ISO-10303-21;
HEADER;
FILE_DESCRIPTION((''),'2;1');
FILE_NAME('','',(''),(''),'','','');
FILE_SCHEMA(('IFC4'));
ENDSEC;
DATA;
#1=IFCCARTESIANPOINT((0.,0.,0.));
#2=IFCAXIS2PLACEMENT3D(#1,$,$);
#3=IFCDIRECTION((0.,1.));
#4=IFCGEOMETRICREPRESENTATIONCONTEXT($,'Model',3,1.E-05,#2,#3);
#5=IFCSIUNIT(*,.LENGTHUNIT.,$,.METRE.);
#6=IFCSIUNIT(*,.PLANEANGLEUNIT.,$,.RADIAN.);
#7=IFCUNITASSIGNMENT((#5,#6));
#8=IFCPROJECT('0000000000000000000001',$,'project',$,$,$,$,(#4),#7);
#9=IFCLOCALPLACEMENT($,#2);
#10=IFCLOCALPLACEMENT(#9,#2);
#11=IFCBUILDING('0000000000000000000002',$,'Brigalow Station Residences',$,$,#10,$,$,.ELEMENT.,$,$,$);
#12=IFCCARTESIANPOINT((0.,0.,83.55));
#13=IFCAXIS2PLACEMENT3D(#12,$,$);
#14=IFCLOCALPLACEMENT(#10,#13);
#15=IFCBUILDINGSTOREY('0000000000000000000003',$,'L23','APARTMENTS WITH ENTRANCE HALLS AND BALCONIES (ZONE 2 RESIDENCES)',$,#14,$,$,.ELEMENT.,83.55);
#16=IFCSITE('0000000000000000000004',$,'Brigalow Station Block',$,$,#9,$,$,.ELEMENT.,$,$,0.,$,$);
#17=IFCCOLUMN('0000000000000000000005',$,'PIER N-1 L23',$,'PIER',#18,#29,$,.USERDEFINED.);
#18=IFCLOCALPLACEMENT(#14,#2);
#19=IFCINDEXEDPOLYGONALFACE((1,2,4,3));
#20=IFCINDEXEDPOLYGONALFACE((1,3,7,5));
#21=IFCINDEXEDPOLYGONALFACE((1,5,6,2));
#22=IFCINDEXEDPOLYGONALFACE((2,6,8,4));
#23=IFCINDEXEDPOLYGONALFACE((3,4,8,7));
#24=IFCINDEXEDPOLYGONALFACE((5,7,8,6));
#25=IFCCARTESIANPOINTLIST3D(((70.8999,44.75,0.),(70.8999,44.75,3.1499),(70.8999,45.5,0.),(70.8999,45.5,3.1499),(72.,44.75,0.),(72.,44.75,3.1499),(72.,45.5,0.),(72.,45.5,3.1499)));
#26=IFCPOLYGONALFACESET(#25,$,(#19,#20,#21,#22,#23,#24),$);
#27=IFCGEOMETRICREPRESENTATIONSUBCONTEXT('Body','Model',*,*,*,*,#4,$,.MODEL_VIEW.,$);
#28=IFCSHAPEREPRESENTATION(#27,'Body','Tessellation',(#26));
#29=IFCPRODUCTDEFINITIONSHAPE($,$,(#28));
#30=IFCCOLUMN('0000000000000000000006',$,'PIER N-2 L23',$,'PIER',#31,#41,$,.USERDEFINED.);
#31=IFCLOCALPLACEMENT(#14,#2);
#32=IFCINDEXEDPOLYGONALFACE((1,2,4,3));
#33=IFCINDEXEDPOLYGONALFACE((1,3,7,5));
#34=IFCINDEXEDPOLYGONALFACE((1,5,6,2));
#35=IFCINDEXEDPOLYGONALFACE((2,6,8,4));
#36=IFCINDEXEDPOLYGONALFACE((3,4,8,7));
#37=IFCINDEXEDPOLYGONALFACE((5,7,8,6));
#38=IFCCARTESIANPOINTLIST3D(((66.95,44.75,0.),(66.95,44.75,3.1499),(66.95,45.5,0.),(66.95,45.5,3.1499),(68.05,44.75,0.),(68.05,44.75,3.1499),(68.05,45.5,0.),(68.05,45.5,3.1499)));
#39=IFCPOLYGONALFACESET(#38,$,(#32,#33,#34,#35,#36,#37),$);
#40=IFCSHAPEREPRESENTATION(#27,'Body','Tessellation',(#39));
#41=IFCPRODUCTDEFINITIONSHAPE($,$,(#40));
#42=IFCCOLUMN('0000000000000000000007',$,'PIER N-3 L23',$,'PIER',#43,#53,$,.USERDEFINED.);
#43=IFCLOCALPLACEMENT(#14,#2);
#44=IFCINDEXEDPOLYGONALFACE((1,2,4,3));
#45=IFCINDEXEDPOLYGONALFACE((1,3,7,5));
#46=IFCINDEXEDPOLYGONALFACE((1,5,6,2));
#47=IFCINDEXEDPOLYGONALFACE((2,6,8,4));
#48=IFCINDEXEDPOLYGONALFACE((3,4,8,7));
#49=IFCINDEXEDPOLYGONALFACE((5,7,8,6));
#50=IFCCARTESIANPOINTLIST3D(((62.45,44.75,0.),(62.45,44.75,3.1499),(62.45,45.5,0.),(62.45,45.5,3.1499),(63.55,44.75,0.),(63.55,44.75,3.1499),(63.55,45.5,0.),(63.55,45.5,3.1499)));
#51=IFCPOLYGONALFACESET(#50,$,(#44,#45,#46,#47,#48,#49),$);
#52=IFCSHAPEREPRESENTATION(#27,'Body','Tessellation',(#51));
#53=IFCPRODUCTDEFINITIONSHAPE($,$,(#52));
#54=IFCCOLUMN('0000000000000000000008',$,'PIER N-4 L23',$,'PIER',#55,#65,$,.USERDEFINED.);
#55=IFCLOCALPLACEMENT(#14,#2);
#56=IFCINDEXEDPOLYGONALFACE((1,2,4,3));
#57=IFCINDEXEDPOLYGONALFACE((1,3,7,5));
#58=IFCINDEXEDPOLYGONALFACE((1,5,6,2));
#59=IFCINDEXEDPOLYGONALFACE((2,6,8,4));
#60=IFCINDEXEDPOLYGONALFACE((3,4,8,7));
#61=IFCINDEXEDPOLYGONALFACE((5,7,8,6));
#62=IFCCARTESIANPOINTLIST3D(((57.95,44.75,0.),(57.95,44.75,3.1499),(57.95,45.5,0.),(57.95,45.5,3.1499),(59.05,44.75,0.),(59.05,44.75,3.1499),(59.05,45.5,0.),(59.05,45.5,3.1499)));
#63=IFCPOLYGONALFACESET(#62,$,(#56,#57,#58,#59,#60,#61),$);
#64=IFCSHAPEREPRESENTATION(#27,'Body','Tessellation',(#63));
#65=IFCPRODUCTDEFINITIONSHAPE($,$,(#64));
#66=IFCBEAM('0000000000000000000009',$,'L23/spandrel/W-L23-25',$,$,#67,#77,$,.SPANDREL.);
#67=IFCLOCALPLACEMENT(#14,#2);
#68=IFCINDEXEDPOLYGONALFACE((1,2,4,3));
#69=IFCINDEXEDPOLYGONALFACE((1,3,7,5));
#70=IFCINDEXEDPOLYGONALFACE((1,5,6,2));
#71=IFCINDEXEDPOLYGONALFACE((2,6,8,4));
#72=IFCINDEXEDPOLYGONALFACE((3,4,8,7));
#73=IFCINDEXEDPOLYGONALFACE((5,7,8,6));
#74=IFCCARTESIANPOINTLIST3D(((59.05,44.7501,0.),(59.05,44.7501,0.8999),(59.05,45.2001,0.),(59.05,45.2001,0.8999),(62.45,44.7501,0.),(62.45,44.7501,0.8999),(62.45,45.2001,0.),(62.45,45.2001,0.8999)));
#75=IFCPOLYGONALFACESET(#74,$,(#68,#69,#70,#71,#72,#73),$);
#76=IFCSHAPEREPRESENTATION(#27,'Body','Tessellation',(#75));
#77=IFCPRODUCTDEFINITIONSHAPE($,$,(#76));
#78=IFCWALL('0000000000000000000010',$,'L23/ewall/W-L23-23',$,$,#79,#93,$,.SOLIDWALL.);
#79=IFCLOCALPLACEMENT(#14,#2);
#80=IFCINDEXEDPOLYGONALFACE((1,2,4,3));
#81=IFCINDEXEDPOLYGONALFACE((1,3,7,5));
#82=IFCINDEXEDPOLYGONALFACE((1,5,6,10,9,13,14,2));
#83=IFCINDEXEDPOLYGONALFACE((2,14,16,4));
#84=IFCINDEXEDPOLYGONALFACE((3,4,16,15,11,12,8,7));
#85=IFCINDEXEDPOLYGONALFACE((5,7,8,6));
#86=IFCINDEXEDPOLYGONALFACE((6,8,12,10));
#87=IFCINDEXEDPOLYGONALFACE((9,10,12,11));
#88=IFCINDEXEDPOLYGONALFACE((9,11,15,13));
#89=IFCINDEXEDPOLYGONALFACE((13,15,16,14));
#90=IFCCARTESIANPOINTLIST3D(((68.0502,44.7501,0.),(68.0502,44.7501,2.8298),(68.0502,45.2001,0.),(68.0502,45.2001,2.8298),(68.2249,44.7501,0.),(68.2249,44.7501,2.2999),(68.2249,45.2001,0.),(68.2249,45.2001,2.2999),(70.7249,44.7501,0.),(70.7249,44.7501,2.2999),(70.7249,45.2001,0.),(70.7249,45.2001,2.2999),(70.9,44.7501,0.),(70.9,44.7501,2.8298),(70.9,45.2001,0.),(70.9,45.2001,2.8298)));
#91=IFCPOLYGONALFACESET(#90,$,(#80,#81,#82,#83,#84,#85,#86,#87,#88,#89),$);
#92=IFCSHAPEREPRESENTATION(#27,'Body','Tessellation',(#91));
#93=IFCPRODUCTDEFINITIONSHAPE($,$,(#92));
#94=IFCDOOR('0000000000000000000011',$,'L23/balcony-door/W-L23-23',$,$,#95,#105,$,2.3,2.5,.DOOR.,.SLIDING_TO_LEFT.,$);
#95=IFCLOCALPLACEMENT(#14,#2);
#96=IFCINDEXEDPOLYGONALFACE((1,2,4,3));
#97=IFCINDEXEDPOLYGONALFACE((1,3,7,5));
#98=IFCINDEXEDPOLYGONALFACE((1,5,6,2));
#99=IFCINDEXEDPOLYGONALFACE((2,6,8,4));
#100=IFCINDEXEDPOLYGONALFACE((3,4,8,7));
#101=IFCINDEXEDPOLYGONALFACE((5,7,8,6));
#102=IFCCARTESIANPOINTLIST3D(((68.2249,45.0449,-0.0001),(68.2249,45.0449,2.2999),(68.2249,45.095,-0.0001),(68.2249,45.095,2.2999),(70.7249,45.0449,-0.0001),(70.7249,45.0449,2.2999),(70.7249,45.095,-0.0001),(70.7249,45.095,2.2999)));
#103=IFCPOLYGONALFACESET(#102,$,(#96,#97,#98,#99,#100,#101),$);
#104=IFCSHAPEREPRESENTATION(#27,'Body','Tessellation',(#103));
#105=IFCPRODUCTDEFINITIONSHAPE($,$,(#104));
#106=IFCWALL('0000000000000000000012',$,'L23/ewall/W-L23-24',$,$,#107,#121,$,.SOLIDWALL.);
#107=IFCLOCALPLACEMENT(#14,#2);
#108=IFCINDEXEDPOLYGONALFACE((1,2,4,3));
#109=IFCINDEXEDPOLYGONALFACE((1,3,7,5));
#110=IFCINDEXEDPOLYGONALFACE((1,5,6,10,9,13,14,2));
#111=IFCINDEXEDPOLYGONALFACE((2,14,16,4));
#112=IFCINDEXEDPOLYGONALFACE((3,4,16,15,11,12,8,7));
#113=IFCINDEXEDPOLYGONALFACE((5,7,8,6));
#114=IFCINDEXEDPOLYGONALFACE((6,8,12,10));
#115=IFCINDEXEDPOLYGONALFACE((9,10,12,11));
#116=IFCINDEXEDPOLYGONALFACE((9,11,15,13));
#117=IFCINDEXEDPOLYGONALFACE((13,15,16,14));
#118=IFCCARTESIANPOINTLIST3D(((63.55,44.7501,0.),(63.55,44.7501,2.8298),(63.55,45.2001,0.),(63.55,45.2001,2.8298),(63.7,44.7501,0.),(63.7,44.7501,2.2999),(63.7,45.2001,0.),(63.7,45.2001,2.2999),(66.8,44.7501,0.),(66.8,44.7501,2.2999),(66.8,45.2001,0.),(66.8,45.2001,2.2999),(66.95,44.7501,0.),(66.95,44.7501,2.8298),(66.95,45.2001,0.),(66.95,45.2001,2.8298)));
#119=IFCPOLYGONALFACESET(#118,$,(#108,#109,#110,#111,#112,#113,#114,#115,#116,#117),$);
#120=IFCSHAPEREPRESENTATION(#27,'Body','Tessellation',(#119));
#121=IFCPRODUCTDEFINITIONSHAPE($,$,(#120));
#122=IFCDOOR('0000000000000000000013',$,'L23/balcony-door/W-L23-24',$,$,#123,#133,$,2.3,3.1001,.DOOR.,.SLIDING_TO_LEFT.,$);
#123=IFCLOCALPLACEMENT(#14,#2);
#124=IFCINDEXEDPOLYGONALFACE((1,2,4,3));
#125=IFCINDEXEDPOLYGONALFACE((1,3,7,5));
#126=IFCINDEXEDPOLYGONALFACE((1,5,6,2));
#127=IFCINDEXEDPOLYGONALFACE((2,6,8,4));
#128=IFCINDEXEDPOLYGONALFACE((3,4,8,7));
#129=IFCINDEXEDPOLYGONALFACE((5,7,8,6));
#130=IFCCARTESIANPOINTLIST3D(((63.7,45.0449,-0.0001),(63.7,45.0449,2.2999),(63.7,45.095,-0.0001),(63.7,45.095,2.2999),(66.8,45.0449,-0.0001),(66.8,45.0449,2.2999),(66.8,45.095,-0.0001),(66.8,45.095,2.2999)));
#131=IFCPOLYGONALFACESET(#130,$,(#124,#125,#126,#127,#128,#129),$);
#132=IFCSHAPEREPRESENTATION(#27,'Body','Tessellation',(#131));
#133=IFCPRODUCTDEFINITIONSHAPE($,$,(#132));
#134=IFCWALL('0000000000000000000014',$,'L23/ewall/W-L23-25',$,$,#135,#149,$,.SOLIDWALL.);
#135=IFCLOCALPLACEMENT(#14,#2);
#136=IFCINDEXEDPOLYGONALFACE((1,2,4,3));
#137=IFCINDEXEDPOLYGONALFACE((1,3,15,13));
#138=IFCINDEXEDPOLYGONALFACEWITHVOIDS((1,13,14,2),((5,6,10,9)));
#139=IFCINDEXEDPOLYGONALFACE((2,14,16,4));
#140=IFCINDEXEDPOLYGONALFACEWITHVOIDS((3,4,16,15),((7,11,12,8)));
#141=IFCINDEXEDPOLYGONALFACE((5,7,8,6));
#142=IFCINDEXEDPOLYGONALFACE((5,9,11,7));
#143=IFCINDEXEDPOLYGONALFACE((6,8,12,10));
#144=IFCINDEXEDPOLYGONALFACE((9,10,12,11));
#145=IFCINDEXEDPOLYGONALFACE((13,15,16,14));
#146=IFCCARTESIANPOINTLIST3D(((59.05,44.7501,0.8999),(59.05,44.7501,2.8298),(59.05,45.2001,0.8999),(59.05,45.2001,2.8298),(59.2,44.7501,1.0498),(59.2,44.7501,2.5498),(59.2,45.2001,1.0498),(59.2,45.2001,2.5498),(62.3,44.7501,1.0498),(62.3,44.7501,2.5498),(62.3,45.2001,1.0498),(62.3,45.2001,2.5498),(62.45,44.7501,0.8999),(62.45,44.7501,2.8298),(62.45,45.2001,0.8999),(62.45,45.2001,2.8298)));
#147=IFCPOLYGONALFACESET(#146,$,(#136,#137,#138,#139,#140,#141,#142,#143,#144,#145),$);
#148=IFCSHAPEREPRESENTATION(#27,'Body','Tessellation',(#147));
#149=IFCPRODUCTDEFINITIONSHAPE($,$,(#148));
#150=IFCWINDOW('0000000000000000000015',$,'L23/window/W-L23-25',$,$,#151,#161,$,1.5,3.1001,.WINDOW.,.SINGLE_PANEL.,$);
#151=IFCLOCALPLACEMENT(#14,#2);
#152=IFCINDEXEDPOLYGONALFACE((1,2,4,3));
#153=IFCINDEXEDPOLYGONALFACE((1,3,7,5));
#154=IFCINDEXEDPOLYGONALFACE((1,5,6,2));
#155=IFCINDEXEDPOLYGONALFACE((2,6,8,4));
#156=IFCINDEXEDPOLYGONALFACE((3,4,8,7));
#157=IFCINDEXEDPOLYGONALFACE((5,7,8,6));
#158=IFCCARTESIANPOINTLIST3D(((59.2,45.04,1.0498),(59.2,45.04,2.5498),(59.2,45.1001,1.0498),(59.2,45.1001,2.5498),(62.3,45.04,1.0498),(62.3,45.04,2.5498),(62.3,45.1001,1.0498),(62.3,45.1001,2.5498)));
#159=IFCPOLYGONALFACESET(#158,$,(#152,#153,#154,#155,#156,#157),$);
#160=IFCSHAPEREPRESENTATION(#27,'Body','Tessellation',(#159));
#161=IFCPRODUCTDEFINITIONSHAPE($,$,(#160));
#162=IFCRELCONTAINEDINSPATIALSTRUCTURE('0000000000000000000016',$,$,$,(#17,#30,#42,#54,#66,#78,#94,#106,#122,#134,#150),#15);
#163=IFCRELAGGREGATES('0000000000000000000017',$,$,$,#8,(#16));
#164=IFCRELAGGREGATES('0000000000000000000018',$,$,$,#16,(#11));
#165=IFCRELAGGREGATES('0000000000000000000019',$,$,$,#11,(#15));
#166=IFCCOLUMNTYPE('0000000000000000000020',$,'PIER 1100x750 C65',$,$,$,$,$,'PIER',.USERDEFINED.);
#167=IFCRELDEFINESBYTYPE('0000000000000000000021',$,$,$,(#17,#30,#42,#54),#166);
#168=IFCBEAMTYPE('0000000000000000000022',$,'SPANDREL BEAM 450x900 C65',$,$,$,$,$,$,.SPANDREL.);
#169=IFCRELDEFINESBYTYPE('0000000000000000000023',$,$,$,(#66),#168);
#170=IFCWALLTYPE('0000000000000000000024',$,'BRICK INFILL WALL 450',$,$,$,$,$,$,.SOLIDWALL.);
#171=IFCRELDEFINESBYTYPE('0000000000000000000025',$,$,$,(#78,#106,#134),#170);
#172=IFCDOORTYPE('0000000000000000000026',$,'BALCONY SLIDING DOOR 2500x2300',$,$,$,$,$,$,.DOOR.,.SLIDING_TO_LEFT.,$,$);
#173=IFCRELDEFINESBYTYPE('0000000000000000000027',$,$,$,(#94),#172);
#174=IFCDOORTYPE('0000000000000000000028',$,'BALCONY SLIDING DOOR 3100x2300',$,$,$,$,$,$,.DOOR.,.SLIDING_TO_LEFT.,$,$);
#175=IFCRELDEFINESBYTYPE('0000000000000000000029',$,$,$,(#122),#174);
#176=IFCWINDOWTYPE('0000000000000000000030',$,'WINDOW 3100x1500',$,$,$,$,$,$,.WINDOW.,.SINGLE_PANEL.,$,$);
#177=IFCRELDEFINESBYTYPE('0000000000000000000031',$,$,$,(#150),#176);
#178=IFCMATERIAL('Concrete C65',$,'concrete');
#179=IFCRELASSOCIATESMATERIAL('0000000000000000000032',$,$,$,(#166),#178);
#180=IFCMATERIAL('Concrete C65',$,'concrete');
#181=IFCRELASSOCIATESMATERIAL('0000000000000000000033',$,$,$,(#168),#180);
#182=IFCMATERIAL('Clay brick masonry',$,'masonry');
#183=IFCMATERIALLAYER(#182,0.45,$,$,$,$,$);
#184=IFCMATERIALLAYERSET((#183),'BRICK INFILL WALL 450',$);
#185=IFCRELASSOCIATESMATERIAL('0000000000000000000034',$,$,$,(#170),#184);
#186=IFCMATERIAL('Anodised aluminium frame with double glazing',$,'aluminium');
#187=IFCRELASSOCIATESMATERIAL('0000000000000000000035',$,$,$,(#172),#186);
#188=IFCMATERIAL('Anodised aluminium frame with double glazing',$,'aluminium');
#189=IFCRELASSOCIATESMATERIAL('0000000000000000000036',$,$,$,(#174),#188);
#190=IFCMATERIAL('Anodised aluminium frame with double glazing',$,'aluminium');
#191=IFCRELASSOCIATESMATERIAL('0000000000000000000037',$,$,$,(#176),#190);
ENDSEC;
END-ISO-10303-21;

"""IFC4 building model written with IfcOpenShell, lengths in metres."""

from ifc_helpers import new_model, si_unit, direction, frame, frame_2d, origin, origin_2d, place, context, subcontext, project, spatial, rectangle, extrude, material, layer, layer_set, material_profile, profile_set, type_object, element, fill, save


model = new_model("IFC4")

# Units and contexts
model_context = context("Model", 3, precision=1e-05, world=origin(), true_north=direction((0.0, 1.0)))
body_context = subcontext(model_context, "Body", "Model", "MODEL_VIEW")
ifc_project = project(units=[si_unit("LENGTHUNIT", "METRE"), si_unit("PLANEANGLEUNIT", "RADIAN")], contexts=[model_context])

# Site, building, storey
site_placement = place(None, origin())
site = spatial("IfcSite", under=ifc_project, at=site_placement, Name="Brigalow Station Block", CompositionType="ELEMENT", RefElevation=0.0)
building_placement = place(site_placement, origin())
building = spatial("IfcBuilding", under=site, at=building_placement, Name="Brigalow Station Residences", CompositionType="ELEMENT")
storey_placement = place(building_placement, frame((0.0, 0.0, 83.55)))
storey = spatial("IfcBuildingStorey", under=building, at=storey_placement, Name="L23", Description="APARTMENTS WITH ENTRANCE HALLS AND BALCONIES (ZONE 2 RESIDENCES)", CompositionType="ELEMENT", Elevation=83.55)

# Columns
ifc_material_1 = material(Name="Concrete C65", Category="concrete")
ifc_material_profile_1 = material_profile(ifc_material_1, rectangle(XDim=1.1001, YDim=0.75, at=origin_2d()), Name="RC1100x750")
ifc_profile_set_1 = profile_set([ifc_material_profile_1], Name="Concrete C65")
column_type = type_object("IfcColumnType", Name="PIER 1100x750 C65", ElementType="PIER", PredefinedType="USERDEFINED", material=ifc_profile_set_1)
for number, where, z_axis, x_axis, name in (
    (1, (71.45, 45.125, 0.0), (0.0, 0.0, 1.0), (-1.0, 0.0, 0.0), "PIER N-1 L23"),
    (2, (67.5, 45.125, 0.0), (0.0, 0.0, 1.0), (-1.0, 0.0, 0.0), "PIER N-2 L23"),
    (3, (63.0, 45.125, 0.0), (0.0, 0.0, 1.0), (-1.0, 0.0, 0.0), "PIER N-3 L23"),
    (4, (58.5, 45.125, 0.0), (0.0, 0.0, 1.0), (-1.0, 0.0, 0.0), "PIER N-4 L23"),
):
    element("IfcColumn", number, at=place(storey_placement, frame(where, z_axis=z_axis, x_axis=x_axis)), inside=storey, type_object=column_type, Name=name, ObjectType="PIER", PredefinedType="USERDEFINED", context=body_context, shape_type="SweptSolid", body=[
        extrude(rectangle(XDim=1.1001, YDim=0.75, at=origin_2d()), origin(), (0.0, 0.0, 1.0), 3.1499),
    ])

# Beam
ifc_material_2 = material(Name="Concrete C65", Category="concrete")
ifc_material_profile_2 = material_profile(ifc_material_2, rectangle(XDim=0.45, YDim=0.8999, at=origin_2d()), Name="RC450x900")
ifc_profile_set_2 = profile_set([ifc_material_profile_2], Name="Concrete C65")
beam_type = type_object("IfcBeamType", Name="SPANDREL BEAM 450x900 C65", PredefinedType="SPANDREL", material=ifc_profile_set_2)
beam_placement = place(storey_placement, frame((62.45, 44.9751, 0.45), z_axis=(-1.0, 0.0, 0.0), x_axis=(0.0, -1.0, 0.0)))
element("IfcBeam", 5, at=beam_placement, inside=storey, type_object=beam_type, Name="L23/spandrel/W-L23-25", PredefinedType="SPANDREL", context=body_context, shape_type="SweptSolid", body=[
    extrude(rectangle(XDim=0.45, YDim=0.8999, at=origin_2d()), origin(), (0.0, 0.0, 1.0), 3.3999),
])

# Walls, openings, doors
ifc_material_3 = material(Name="Clay brick masonry", Category="masonry")
ifc_layer_1 = layer(ifc_material_3, 0.45)
ifc_layer_set_1 = layer_set([ifc_layer_1], Name="BRICK INFILL WALL 450")
wall_type_1 = type_object("IfcWallType", Name="BRICK INFILL WALL 450", PredefinedType="SOLIDWALL", material=ifc_layer_set_1)
wall_1_placement = place(storey_placement, frame((70.8999, 44.9751, 0.0), z_axis=(0.0, 0.0, 1.0), x_axis=(-1.0, 0.0, 0.0)))
wall_1 = element("IfcWall", 6, at=wall_1_placement, inside=storey, type_object=wall_type_1, Name="L23/ewall/W-L23-23", PredefinedType="SOLIDWALL", context=body_context, shape_type="SweptSolid", body=[
    extrude(rectangle(XDim=2.8499, YDim=0.45, at=frame_2d((1.4248, 0.0))), origin(), (0.0, 0.0, 1.0), 2.8298),
])
opening_1_placement = place(wall_1_placement, frame((0.175, 0.0, 0.0)))
opening_1 = element("IfcOpeningElement", 7, at=opening_1_placement, cuts=wall_1, PredefinedType="OPENING", context=body_context, shape_type="SweptSolid", body=[
    extrude(rectangle(XDim=2.5, YDim=2.3, at=frame_2d((1.25, 1.1499))), frame((0.0, 0.2349, 0.0), z_axis=(0.0, -1.0, 0.0), x_axis=(1.0, 0.0, 0.0)), (0.0, 0.0, 1.0), 0.47),
])
ifc_material_4 = material(Name="Anodised aluminium frame with double glazing", Category="aluminium")
door_type_1 = type_object("IfcDoorType", Name="BALCONY SLIDING DOOR 2500x2300", OperationType="SLIDING_TO_LEFT", PredefinedType="DOOR", material=ifc_material_4)
door_1_placement = place(opening_1_placement, origin())
door_1 = element("IfcDoor", 8, at=door_1_placement, inside=storey, type_object=door_type_1, Name="L23/balcony-door/W-L23-23", OperationType="SLIDING_TO_LEFT", OverallHeight=2.3, OverallWidth=2.5, PredefinedType="DOOR", context=body_context, shape_type="SweptSolid", body=[
    extrude(rectangle(XDim=2.5, YDim=2.3, at=frame_2d((1.25, 1.1499))), frame((0.0, -0.0698, 0.0), z_axis=(0.0, -1.0, 0.0), x_axis=(1.0, 0.0, 0.0)), (0.0, 0.0, 1.0), 0.05),
])
fill(opening_1, door_1)
wall_2_placement = place(storey_placement, frame((66.95, 44.9751, 0.0), z_axis=(0.0, 0.0, 1.0), x_axis=(-1.0, 0.0, 0.0)))
wall_2 = element("IfcWall", 9, at=wall_2_placement, inside=storey, type_object=wall_type_1, Name="L23/ewall/W-L23-24", PredefinedType="SOLIDWALL", context=body_context, shape_type="SweptSolid", body=[
    extrude(rectangle(XDim=3.3999, YDim=0.45, at=frame_2d((1.7, 0.0))), origin(), (0.0, 0.0, 1.0), 2.8298),
])
opening_2_placement = place(wall_2_placement, frame((0.1499, 0.0, 0.0)))
opening_2 = element("IfcOpeningElement", 10, at=opening_2_placement, cuts=wall_2, PredefinedType="OPENING", context=body_context, shape_type="SweptSolid", body=[
    extrude(rectangle(XDim=3.1001, YDim=2.3, at=frame_2d((1.55, 1.1499))), frame((0.0, 0.2349, 0.0), z_axis=(0.0, -1.0, 0.0), x_axis=(1.0, 0.0, 0.0)), (0.0, 0.0, 1.0), 0.47),
])
ifc_material_5 = material(Name="Anodised aluminium frame with double glazing", Category="aluminium")
door_type_2 = type_object("IfcDoorType", Name="BALCONY SLIDING DOOR 3100x2300", OperationType="SLIDING_TO_LEFT", PredefinedType="DOOR", material=ifc_material_5)
door_2_placement = place(opening_2_placement, origin())
door_2 = element("IfcDoor", 11, at=door_2_placement, inside=storey, type_object=door_type_2, Name="L23/balcony-door/W-L23-24", OperationType="SLIDING_TO_LEFT", OverallHeight=2.3, OverallWidth=3.1001, PredefinedType="DOOR", context=body_context, shape_type="SweptSolid", body=[
    extrude(rectangle(XDim=3.1001, YDim=2.3, at=frame_2d((1.55, 1.1499))), frame((0.0, -0.0698, 0.0), z_axis=(0.0, -1.0, 0.0), x_axis=(1.0, 0.0, 0.0)), (0.0, 0.0, 1.0), 0.05),
])
fill(opening_2, door_2)

# Wall, opening, window
wall_3_placement = place(storey_placement, frame((62.45, 44.9751, 0.8999), z_axis=(0.0, 0.0, 1.0), x_axis=(-1.0, 0.0, 0.0)))
wall_3 = element("IfcWall", 12, at=wall_3_placement, inside=storey, type_object=wall_type_1, Name="L23/ewall/W-L23-25", PredefinedType="SOLIDWALL", context=body_context, shape_type="SweptSolid", body=[
    extrude(rectangle(XDim=3.3999, YDim=0.45, at=frame_2d((1.7, 0.0))), origin(), (0.0, 0.0, 1.0), 1.9299),
])
opening_3_placement = place(wall_3_placement, frame((0.1499, 0.0, 0.1499)))
opening_3 = element("IfcOpeningElement", 13, at=opening_3_placement, cuts=wall_3, PredefinedType="OPENING", context=body_context, shape_type="SweptSolid", body=[
    extrude(rectangle(XDim=3.1001, YDim=1.5, at=frame_2d((1.55, 0.75))), frame((0.0, 0.2349, 0.0), z_axis=(0.0, -1.0, 0.0), x_axis=(1.0, 0.0, 0.0)), (0.0, 0.0, 1.0), 0.47),
])
ifc_material_6 = material(Name="Anodised aluminium frame with double glazing", Category="aluminium")
window_type = type_object("IfcWindowType", Name="WINDOW 3100x1500", PartitioningType="SINGLE_PANEL", PredefinedType="WINDOW", material=ifc_material_6)
window_placement = place(opening_3_placement, origin())
window = element("IfcWindow", 14, at=window_placement, inside=storey, type_object=window_type, Name="L23/window/W-L23-25", OverallHeight=1.5, OverallWidth=3.1001, PartitioningType="SINGLE_PANEL", PredefinedType="WINDOW", context=body_context, shape_type="SweptSolid", body=[
    extrude(rectangle(XDim=3.1001, YDim=1.5, at=frame_2d((1.55, 0.75))), frame((0.0, -0.0649, 0.0), z_axis=(0.0, -1.0, 0.0), x_axis=(1.0, 0.0, 0.0)), (0.0, 0.0, 1.0), 0.0601),
])
fill(opening_3, window)

save(model, "model.ifc")
